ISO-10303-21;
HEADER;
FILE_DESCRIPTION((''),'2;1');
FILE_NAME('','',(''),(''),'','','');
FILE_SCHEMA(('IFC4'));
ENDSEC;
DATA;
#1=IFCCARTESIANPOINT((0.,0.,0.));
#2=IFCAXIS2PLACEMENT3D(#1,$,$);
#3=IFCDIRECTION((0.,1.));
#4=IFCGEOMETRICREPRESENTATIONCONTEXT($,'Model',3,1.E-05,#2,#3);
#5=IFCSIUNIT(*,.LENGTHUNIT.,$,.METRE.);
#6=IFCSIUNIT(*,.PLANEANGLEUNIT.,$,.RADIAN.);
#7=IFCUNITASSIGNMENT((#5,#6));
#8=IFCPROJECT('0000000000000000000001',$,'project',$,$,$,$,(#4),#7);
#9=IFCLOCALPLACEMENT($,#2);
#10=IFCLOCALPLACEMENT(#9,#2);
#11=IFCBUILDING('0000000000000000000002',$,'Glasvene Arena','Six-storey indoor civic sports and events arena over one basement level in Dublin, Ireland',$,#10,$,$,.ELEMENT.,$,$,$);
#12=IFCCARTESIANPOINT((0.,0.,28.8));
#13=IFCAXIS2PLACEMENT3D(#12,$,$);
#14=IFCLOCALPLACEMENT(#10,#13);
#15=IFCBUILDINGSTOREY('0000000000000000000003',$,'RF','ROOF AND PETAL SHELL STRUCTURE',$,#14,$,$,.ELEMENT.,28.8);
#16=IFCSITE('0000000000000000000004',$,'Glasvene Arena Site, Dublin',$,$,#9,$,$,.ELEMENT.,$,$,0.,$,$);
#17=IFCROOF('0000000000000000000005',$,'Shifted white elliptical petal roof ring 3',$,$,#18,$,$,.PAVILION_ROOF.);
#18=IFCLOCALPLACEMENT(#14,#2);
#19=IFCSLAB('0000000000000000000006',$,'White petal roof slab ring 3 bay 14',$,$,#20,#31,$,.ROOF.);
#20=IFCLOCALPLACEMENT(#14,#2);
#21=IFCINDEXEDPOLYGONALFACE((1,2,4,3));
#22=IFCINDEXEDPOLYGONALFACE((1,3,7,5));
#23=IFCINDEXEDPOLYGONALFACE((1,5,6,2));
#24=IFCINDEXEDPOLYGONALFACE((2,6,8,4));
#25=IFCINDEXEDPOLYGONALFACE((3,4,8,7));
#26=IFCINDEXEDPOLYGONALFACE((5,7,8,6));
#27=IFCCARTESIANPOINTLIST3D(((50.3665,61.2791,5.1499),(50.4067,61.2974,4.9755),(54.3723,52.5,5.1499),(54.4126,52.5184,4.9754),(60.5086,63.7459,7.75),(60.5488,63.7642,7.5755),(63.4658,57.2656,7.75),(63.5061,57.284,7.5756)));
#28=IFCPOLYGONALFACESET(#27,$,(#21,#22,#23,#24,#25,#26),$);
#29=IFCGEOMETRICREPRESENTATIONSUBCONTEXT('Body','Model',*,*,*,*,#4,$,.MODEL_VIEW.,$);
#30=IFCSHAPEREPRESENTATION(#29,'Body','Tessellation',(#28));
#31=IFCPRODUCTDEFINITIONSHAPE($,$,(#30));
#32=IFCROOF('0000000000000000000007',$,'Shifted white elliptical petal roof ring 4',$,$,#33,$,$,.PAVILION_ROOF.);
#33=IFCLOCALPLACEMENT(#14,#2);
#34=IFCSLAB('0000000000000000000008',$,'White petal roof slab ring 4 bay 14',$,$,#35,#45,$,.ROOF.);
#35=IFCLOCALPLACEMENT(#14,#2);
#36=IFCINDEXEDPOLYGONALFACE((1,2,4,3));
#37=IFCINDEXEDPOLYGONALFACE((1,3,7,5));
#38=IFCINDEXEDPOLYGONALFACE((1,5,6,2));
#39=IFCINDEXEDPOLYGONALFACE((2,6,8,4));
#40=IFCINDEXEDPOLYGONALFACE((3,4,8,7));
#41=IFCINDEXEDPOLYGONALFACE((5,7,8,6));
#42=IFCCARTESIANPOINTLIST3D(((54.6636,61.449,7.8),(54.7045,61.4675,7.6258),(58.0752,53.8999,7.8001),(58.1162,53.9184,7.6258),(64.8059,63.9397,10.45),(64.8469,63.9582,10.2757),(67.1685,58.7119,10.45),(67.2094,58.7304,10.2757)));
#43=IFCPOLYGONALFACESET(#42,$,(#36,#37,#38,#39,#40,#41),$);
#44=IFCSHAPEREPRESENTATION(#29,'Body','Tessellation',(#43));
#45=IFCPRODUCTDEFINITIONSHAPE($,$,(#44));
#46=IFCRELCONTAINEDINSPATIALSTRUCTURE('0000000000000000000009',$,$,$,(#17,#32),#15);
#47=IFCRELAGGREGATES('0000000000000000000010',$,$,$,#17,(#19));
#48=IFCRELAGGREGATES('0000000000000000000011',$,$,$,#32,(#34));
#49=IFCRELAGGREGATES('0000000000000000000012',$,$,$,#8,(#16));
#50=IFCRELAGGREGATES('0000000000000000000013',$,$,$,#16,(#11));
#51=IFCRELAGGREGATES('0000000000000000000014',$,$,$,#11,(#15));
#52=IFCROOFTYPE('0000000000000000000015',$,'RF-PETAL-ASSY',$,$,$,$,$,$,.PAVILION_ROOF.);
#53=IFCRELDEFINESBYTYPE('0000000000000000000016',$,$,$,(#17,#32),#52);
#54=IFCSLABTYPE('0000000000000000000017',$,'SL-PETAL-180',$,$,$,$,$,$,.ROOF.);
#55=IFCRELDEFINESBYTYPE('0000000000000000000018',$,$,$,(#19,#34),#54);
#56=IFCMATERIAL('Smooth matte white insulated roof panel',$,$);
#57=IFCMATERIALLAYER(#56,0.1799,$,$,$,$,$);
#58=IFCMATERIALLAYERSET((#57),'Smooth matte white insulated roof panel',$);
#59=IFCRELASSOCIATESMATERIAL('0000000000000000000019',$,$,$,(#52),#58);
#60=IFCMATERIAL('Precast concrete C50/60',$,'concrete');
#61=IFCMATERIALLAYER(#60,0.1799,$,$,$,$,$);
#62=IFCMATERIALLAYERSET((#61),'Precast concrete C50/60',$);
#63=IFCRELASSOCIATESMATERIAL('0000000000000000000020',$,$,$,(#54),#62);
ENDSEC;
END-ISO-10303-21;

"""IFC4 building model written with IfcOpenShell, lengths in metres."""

from ifc_helpers import new_model, si_unit, direction, frame, origin, place, context, subcontext, project, spatial, polyline, outline, extrude, material, layer, layer_set, type_object, element, aggregate, save


model = new_model("IFC4")

# Units and contexts
model_context = context("Model", 3, precision=1e-05, world=origin(), true_north=direction((0.0, 1.0)))
body_context = subcontext(model_context, "Body", "Model", "MODEL_VIEW")
ifc_project = project(units=[si_unit("LENGTHUNIT", "METRE"), si_unit("PLANEANGLEUNIT", "RADIAN")], contexts=[model_context])

# Site, building, storey
site_placement = place(None, origin())
site = spatial("IfcSite", under=ifc_project, at=site_placement, Name="Glasvene Arena Site, Dublin", CompositionType="ELEMENT", RefElevation=0.0)
building_placement = place(site_placement, origin())
building = spatial("IfcBuilding", under=site, at=building_placement, Name="Glasvene Arena", Description="Six-storey indoor civic sports and events arena over one basement level in Dublin, Ireland", CompositionType="ELEMENT")
storey_placement = place(building_placement, frame((0.0, 0.0, 28.8)))
storey = spatial("IfcBuildingStorey", under=building, at=storey_placement, Name="RF", Description="ROOF AND PETAL SHELL STRUCTURE", CompositionType="ELEMENT", Elevation=28.8)

# Roofs, slabs
ifc_material_1 = material(Name="Smooth matte white insulated roof panel")
ifc_layer_1 = layer(ifc_material_1, 0.1799)
ifc_layer_set_1 = layer_set([ifc_layer_1], Name="Smooth matte white insulated roof panel")
roof_type = type_object("IfcRoofType", Name="RF-PETAL-ASSY", PredefinedType="PAVILION_ROOF", material=ifc_layer_set_1)
ifc_material_2 = material(Name="Precast concrete C50/60", Category="concrete")
ifc_layer_2 = layer(ifc_material_2, 0.1799)
ifc_layer_set_2 = layer_set([ifc_layer_2], Name="Precast concrete C50/60")
slab_type = type_object("IfcSlabType", Name="SL-PETAL-180", PredefinedType="ROOF", material=ifc_layer_set_2)
roof_1_placement = place(storey_placement, frame((89.1001, 70.7, 5.1499)))
roof_1 = element("IfcRoof", 1, at=roof_1_placement, inside=storey, type_object=roof_type, Name="Shifted white elliptical petal roof ring 3", PredefinedType="PAVILION_ROOF")
slab_1_placement = place(storey_placement, frame((50.3665, 61.2791, 5.1499), z_axis=(-0.223669, -0.102065, 0.969306), x_axis=(0.415125, -0.909765, -0.000005)))
slab_1 = element("IfcSlab", 2, at=slab_1_placement, type_object=slab_type, Name="White petal roof slab ring 3 bay 14", PredefinedType="ROOF", context=body_context, shape_type="SweptSolid", body=[
    extrude(outline(polyline([(0.0, 0.0), (9.6498, 0.0), (9.0891, 10.5759), (1.966, 10.5756), (0.0, 0.0)])), origin(), (0.0, 0.0, -1.0), 0.1799),
])
aggregate(roof_1, [slab_1])
roof_2_placement = place(storey_placement, frame((87.6499, 69.55, 7.8)))
roof_2 = element("IfcRoof", 3, at=roof_2_placement, inside=storey, type_object=roof_type, Name="Shifted white elliptical petal roof ring 4", PredefinedType="PAVILION_ROOF")
slab_2_placement = place(storey_placement, frame((54.6636, 61.449, 7.8), z_axis=(-0.227711, -0.102908, 0.968276), x_axis=(0.411824, -0.911264, 0.0)))
slab_2 = element("IfcSlab", 4, at=slab_2_placement, type_object=slab_type, Name="White petal roof slab ring 4 bay 14", PredefinedType="ROOF", context=body_context, shape_type="SweptSolid", body=[
    extrude(outline(polyline([(0.0, 0.0), (8.2842, 0.0), (7.644, 10.6045), (1.9071, 10.6045), (0.0, 0.0)])), origin(), (0.0, 0.0, -1.0), 0.1799),
])
aggregate(roof_2, [slab_2])

save(model, "model.ifc")
